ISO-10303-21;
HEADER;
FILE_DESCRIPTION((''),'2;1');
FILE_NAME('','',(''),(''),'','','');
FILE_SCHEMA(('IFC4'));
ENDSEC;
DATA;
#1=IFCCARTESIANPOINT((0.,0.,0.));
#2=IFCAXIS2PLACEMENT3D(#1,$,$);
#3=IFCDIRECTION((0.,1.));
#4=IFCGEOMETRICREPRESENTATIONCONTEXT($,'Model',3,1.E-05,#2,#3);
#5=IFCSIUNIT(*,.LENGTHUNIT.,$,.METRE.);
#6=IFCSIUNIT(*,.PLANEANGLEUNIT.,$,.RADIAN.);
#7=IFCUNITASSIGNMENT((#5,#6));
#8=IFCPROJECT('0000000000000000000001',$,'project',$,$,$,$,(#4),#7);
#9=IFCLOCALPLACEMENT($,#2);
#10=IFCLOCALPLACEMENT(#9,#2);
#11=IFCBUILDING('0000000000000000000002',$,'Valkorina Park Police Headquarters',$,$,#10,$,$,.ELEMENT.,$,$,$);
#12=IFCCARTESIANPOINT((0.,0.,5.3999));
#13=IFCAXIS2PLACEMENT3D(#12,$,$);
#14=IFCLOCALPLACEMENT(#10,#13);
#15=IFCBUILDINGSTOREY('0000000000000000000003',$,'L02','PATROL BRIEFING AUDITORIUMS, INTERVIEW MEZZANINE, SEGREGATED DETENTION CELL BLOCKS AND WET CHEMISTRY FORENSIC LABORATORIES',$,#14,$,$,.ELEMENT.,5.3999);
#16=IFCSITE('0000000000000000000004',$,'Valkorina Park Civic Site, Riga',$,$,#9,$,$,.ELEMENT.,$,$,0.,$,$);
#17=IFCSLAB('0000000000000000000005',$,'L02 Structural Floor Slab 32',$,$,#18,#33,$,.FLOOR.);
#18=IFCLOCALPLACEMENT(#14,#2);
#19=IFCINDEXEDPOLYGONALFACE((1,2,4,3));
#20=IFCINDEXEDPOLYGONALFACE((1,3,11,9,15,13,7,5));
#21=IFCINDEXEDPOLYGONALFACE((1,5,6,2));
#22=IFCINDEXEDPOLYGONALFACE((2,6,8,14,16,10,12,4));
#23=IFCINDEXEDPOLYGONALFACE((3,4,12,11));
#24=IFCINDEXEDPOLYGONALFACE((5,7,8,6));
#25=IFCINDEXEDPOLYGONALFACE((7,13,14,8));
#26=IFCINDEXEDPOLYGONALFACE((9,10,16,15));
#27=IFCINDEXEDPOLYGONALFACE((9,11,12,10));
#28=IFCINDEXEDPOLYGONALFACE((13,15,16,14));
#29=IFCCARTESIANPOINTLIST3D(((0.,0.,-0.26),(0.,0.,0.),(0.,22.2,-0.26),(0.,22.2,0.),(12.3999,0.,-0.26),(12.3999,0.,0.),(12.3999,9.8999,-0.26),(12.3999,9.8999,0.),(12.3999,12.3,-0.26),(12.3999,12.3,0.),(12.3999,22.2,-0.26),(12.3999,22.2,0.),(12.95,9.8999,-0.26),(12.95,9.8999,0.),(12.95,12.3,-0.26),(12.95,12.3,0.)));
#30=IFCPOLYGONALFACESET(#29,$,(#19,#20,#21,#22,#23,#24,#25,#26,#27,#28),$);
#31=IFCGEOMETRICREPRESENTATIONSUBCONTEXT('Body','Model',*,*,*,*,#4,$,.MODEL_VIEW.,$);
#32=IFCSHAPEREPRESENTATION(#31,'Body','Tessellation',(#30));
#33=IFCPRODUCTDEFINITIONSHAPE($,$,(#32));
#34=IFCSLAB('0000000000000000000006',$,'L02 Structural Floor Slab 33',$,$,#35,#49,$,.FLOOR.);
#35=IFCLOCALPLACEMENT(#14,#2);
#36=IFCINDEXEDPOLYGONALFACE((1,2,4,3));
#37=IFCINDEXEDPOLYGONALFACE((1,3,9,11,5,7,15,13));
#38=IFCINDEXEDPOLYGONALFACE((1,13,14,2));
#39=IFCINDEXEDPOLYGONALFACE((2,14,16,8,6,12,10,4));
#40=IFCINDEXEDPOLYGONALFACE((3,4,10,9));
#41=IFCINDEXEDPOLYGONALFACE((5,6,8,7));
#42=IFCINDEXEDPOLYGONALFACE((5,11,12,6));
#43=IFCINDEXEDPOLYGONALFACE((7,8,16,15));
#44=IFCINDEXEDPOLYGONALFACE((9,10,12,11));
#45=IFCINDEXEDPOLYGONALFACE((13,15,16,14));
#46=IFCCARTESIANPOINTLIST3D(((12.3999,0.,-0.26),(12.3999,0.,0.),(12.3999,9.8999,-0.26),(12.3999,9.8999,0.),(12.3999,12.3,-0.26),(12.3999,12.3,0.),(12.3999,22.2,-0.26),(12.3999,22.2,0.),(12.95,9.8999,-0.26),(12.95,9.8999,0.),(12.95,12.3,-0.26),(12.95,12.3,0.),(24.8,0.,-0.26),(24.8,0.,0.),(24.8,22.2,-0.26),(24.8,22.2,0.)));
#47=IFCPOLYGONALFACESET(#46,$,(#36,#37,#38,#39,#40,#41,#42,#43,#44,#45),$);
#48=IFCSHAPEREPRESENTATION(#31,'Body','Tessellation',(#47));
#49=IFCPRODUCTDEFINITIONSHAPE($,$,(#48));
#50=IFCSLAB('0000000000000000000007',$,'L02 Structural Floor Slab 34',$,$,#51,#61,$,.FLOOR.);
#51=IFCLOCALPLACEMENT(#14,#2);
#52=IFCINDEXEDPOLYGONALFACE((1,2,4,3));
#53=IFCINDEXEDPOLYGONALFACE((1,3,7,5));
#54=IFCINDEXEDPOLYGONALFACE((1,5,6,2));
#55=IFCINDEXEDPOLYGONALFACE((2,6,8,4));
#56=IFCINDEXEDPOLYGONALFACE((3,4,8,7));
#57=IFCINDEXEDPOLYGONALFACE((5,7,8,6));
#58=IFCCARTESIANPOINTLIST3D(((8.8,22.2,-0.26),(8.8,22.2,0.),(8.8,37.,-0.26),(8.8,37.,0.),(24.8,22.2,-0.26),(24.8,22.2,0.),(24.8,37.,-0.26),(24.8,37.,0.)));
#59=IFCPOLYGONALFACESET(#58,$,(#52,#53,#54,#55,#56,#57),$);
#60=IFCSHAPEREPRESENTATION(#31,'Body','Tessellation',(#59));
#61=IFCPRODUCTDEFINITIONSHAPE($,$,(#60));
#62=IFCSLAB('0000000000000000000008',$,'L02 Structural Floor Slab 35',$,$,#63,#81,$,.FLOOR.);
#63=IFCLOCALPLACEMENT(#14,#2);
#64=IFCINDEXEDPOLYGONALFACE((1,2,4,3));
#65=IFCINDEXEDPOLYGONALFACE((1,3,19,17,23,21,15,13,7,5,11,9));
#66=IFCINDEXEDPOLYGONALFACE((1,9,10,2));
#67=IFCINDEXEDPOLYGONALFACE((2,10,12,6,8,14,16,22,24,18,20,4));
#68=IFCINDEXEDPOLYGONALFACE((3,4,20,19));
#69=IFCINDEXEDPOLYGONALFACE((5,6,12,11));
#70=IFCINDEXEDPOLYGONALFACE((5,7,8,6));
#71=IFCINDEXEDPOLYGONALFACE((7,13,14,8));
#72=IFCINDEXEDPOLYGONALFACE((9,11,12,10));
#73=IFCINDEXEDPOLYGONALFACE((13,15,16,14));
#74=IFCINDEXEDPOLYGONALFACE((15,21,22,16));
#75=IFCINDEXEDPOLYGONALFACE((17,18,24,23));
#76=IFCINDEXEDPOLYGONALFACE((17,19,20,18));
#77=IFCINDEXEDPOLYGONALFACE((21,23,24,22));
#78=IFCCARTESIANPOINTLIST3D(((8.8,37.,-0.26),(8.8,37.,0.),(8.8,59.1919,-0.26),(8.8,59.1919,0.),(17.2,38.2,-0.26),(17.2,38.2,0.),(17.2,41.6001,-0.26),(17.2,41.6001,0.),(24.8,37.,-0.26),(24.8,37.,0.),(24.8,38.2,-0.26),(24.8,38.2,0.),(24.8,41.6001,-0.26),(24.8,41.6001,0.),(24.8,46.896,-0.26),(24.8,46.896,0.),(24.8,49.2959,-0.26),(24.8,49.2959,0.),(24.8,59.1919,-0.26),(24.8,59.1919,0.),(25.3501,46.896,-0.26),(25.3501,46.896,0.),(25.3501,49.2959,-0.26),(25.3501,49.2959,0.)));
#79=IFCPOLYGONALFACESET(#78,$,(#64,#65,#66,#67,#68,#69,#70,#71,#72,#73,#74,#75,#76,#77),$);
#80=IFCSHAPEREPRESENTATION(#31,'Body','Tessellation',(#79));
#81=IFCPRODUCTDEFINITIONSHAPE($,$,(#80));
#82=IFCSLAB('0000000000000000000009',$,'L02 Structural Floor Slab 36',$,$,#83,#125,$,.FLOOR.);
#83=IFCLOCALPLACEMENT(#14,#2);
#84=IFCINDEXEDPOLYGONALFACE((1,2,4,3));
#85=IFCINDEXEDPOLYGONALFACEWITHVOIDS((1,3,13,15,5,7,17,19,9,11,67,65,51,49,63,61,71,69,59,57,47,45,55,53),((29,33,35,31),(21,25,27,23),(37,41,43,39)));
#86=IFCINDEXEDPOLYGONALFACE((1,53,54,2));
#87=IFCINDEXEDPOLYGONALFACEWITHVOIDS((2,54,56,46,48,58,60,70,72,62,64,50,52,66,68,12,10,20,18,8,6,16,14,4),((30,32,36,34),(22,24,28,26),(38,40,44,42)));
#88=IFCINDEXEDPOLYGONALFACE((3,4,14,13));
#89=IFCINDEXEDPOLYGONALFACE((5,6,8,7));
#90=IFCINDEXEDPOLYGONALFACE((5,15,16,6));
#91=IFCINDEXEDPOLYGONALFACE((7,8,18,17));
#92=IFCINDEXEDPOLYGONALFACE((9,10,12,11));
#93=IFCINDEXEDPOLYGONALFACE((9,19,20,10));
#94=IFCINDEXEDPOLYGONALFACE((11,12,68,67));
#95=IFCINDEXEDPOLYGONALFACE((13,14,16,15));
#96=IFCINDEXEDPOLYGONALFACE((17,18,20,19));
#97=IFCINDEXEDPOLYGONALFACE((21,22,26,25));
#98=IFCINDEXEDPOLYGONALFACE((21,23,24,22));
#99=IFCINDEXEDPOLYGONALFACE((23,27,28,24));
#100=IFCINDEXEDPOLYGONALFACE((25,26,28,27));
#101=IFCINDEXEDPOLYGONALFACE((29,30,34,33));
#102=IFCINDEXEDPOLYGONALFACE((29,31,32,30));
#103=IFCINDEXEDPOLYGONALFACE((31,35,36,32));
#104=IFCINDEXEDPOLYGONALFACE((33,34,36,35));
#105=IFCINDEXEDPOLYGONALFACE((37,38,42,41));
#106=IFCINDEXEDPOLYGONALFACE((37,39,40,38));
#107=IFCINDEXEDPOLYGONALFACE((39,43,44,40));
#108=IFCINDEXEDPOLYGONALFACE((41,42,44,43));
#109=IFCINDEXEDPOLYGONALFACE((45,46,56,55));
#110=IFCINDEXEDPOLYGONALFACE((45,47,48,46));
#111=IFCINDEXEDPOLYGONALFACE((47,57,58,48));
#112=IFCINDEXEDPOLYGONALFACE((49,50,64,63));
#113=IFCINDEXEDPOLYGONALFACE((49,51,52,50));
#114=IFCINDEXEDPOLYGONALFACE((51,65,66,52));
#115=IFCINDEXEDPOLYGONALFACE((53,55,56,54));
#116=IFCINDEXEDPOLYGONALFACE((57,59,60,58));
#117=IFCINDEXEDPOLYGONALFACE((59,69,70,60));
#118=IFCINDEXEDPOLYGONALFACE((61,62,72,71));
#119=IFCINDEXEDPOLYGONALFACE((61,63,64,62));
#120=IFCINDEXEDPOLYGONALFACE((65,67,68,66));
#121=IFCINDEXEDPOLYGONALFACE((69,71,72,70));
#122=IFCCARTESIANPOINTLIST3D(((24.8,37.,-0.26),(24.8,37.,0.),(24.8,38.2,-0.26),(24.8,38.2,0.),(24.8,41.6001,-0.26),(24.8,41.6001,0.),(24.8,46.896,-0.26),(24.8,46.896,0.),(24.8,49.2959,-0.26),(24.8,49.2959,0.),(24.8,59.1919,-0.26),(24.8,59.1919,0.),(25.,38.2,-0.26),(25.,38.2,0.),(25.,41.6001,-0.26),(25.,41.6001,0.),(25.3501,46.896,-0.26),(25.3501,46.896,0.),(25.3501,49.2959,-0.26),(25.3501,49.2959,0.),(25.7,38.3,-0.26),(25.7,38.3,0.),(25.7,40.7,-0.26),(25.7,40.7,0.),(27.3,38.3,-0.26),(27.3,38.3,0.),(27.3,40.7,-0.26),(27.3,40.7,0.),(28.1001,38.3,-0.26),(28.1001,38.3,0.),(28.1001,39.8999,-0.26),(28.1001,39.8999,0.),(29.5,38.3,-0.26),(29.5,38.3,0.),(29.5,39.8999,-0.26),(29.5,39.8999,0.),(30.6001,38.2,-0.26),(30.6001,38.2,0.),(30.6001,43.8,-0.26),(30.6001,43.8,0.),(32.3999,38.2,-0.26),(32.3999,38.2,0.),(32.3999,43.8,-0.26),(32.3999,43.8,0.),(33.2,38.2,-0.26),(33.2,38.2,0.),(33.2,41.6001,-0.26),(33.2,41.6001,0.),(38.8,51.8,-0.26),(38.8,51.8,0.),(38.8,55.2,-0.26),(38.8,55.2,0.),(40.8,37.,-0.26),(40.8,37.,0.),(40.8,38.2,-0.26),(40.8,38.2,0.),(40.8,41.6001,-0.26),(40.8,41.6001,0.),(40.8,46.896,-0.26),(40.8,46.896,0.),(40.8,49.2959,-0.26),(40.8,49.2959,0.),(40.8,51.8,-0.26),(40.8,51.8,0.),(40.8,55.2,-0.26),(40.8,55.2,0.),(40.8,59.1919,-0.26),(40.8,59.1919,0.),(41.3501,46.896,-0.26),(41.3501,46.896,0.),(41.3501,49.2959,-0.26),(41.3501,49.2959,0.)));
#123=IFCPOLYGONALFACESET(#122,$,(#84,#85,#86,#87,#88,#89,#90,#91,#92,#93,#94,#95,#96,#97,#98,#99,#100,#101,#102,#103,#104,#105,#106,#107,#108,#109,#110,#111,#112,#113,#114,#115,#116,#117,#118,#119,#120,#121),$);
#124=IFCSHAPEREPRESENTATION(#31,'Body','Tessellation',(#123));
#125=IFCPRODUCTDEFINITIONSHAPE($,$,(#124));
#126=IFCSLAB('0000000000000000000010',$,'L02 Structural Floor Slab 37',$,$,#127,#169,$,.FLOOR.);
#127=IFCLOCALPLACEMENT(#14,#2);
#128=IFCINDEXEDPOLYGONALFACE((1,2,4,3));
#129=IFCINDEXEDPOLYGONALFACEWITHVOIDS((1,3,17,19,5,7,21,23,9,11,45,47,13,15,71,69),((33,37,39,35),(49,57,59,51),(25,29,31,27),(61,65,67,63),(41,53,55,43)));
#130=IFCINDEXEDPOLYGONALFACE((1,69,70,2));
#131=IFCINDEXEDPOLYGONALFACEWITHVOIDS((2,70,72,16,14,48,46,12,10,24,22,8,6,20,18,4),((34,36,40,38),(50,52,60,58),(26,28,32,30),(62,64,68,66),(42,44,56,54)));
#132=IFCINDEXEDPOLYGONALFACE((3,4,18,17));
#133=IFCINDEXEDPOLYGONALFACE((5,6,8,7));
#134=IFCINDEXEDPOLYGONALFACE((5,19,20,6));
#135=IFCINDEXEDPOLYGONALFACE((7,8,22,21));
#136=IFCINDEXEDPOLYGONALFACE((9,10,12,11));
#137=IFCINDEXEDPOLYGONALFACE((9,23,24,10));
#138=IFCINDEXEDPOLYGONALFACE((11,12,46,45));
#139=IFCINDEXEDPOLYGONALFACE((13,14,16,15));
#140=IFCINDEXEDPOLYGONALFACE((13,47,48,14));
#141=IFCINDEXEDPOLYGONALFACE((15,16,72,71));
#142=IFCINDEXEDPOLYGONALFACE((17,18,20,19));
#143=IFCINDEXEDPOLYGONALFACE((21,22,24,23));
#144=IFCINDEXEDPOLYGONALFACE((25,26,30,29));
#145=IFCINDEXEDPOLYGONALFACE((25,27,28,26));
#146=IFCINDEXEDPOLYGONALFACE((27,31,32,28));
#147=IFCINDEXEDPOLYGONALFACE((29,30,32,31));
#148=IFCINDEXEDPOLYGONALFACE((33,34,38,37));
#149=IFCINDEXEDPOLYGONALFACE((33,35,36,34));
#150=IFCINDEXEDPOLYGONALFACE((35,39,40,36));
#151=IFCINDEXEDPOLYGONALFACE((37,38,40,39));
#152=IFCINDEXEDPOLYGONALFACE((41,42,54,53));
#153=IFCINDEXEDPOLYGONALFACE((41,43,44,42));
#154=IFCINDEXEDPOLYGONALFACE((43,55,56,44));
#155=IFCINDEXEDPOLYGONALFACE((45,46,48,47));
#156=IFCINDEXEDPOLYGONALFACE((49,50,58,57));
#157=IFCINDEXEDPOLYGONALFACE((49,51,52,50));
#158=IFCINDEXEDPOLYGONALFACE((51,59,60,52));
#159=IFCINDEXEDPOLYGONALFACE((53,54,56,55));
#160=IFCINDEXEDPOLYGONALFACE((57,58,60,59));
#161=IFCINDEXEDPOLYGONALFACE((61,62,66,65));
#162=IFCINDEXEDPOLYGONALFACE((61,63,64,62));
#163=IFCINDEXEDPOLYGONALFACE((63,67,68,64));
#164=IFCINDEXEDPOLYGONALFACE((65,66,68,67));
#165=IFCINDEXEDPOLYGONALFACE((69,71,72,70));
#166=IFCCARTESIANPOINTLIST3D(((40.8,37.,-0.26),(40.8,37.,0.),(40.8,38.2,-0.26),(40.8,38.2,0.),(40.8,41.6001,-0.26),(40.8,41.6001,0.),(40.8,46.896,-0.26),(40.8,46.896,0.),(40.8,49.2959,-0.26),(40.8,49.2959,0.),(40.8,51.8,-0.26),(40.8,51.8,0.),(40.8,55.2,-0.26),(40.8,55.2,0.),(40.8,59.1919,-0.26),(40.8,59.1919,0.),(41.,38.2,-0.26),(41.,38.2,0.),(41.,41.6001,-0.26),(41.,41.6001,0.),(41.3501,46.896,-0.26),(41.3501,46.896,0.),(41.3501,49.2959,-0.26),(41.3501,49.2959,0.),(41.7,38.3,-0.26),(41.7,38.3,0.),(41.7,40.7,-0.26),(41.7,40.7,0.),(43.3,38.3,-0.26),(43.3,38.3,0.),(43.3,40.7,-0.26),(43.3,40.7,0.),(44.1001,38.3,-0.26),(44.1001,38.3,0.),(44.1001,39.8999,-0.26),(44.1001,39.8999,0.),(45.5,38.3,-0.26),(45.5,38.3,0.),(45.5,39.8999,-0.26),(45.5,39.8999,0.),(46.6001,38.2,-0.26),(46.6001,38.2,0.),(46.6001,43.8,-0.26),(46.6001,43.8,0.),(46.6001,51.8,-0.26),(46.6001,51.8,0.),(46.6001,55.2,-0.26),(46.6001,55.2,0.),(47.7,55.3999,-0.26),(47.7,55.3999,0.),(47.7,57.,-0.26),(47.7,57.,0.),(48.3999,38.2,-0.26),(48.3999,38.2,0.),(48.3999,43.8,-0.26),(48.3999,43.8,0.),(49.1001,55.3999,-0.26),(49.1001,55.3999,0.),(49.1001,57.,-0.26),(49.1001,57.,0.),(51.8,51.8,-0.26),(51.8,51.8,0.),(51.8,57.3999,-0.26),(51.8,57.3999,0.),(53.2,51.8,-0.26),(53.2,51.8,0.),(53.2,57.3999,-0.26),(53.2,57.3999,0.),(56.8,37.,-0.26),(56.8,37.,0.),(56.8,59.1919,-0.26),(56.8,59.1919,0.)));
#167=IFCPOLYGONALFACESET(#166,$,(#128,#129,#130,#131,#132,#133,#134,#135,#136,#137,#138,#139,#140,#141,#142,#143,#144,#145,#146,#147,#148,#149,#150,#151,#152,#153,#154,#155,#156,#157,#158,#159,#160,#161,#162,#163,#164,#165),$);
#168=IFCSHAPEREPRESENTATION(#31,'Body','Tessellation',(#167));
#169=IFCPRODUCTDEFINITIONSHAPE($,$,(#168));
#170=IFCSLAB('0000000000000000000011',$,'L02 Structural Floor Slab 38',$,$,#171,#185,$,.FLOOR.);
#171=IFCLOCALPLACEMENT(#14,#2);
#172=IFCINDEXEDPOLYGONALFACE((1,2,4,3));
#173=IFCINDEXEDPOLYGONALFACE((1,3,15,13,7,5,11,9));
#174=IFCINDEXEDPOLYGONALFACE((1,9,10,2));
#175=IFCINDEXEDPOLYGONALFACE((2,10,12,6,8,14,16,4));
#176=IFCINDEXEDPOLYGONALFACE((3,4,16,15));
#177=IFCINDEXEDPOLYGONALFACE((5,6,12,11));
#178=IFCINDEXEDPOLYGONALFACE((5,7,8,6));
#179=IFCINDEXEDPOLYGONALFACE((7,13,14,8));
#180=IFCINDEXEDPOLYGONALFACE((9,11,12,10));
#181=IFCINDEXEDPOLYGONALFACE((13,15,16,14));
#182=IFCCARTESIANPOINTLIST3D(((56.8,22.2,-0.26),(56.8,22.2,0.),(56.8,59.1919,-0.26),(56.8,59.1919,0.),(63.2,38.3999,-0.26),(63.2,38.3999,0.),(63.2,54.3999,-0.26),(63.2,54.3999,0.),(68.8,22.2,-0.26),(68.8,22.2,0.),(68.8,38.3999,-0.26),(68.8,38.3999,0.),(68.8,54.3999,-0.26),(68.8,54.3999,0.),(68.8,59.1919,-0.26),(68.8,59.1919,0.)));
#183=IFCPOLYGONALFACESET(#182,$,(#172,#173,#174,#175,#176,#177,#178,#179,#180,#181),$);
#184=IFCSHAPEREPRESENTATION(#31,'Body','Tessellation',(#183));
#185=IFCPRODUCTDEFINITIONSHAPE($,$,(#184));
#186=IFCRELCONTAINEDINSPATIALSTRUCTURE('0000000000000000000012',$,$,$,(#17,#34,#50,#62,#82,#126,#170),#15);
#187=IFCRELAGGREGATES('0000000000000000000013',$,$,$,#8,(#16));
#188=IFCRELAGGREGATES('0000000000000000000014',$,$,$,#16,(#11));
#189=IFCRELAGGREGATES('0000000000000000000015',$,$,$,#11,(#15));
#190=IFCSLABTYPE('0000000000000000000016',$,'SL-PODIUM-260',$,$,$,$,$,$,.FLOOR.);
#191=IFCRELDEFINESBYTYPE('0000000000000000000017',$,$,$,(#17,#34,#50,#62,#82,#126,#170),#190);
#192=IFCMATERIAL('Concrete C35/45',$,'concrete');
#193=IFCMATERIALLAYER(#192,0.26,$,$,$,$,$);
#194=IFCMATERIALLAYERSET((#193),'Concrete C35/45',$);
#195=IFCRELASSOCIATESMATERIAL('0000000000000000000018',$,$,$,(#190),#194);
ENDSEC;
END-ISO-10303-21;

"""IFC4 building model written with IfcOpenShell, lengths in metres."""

from ifc_helpers import new_model, si_unit, direction, frame, origin, place, context, subcontext, project, spatial, polyline, outline, extrude, material, layer, layer_set, type_object, element, save


model = new_model("IFC4")

# Units and contexts
model_context = context("Model", 3, precision=1e-05, world=origin(), true_north=direction((0.0, 1.0)))
body_context = subcontext(model_context, "Body", "Model", "MODEL_VIEW")
ifc_project = project(units=[si_unit("LENGTHUNIT", "METRE"), si_unit("PLANEANGLEUNIT", "RADIAN")], contexts=[model_context])

# Site, building, storey
site_placement = place(None, origin())
site = spatial("IfcSite", under=ifc_project, at=site_placement, Name="Valkorina Park Civic Site, Riga", CompositionType="ELEMENT", RefElevation=0.0)
building_placement = place(site_placement, origin())
building = spatial("IfcBuilding", under=site, at=building_placement, Name="Valkorina Park Police Headquarters", CompositionType="ELEMENT")
storey_placement = place(building_placement, frame((0.0, 0.0, 5.3999)))
storey = spatial("IfcBuildingStorey", under=building, at=storey_placement, Name="L02", Description="PATROL BRIEFING AUDITORIUMS, INTERVIEW MEZZANINE, SEGREGATED DETENTION CELL BLOCKS AND WET CHEMISTRY FORENSIC LABORATORIES", CompositionType="ELEMENT", Elevation=5.3999)

# Shared definitions
ifc_material_1 = material(Name="Concrete C35/45", Category="concrete")

# Slabs
ifc_layer_1 = layer(ifc_material_1, 0.26)
ifc_layer_set_1 = layer_set([ifc_layer_1], Name="Concrete C35/45")
slab_type_1 = type_object("IfcSlabType", Name="SL-PODIUM-260", PredefinedType="FLOOR", material=ifc_layer_set_1)
slab_1_placement = place(storey_placement, frame((0.0, 0.0, -0.26)))
element("IfcSlab", 1, at=slab_1_placement, inside=storey, type_object=slab_type_1, Name="L02 Structural Floor Slab 32", PredefinedType="FLOOR", context=body_context, shape_type="SweptSolid", body=[
    extrude(outline(polyline([(12.3999, 0.0), (12.3999, 9.8999), (12.95, 9.8999), (12.95, 12.3), (12.3999, 12.3), (12.3999, 22.2), (0.0, 22.2), (0.0, 0.0), (12.3999, 0.0)])), origin(), (0.0, 0.0, 1.0), 0.26),
])
slab_2_placement = place(storey_placement, frame((0.0, 0.0, -0.26)))
element("IfcSlab", 2, at=slab_2_placement, inside=storey, type_object=slab_type_1, Name="L02 Structural Floor Slab 33", PredefinedType="FLOOR", context=body_context, shape_type="SweptSolid", body=[
    extrude(outline(polyline([(12.3999, 22.2), (12.3999, 12.3), (12.95, 12.3), (12.95, 9.8999), (12.3999, 9.8999), (12.3999, 0.0), (24.8, 0.0), (24.8, 22.2), (12.3999, 22.2)])), origin(), (0.0, 0.0, 1.0), 0.26),
])
slab_3_placement = place(storey_placement, frame((0.0, 0.0, -0.26)))
element("IfcSlab", 3, at=slab_3_placement, inside=storey, type_object=slab_type_1, Name="L02 Structural Floor Slab 34", PredefinedType="FLOOR", context=body_context, shape_type="SweptSolid", body=[
    extrude(outline(polyline([(24.8, 22.2), (24.8, 37.0), (8.8, 37.0), (8.8, 22.2), (24.8, 22.2)])), origin(), (0.0, 0.0, 1.0), 0.26),
])
slab_4_placement = place(storey_placement, frame((0.0, 0.0, -0.26)))
element("IfcSlab", 4, at=slab_4_placement, inside=storey, type_object=slab_type_1, Name="L02 Structural Floor Slab 35", PredefinedType="FLOOR", context=body_context, shape_type="SweptSolid", body=[
    extrude(outline(polyline([(25.3501, 49.2959), (24.8, 49.2959), (24.8, 59.1919), (8.8, 59.1919), (8.8, 37.0), (24.8, 37.0), (24.8, 38.2), (17.2, 38.2), (17.2, 41.6001), (24.8, 41.6001), (24.8, 46.896), (25.3501, 46.896), (25.3501, 49.2959)])), origin(), (0.0, 0.0, 1.0), 0.26),
])
slab_5_placement = place(storey_placement, frame((0.0, 0.0, -0.26)))
element("IfcSlab", 5, at=slab_5_placement, inside=storey, type_object=slab_type_1, Name="L02 Structural Floor Slab 36", PredefinedType="FLOOR", context=body_context, shape_type="SweptSolid", body=[
    extrude(outline(polyline([(41.3501, 49.2959), (40.8, 49.2959), (40.8, 51.8), (38.8, 51.8), (38.8, 55.2), (40.8, 55.2), (40.8, 59.1919), (24.8, 59.1919), (24.8, 49.2959), (25.3501, 49.2959), (25.3501, 46.896), (24.8, 46.896), (24.8, 41.6001), (25.0, 41.6001), (25.0, 38.2), (24.8, 38.2), (24.8, 37.0), (40.8, 37.0), (40.8, 38.2), (33.2, 38.2), (33.2, 41.6001), (40.8, 41.6001), (40.8, 46.896), (41.3501, 46.896), (41.3501, 49.2959)]), holes=[polyline([(29.5, 38.3), (28.1001, 38.3), (28.1001, 39.8999), (29.5, 39.8999), (29.5, 38.3)]), polyline([(27.3, 38.3), (25.7, 38.3), (25.7, 40.7), (27.3, 40.7), (27.3, 38.3)]), polyline([(32.3999, 38.2), (30.6001, 38.2), (30.6001, 43.8), (32.3999, 43.8), (32.3999, 38.2)])]), origin(), (0.0, 0.0, 1.0), 0.26),
])
slab_6_placement = place(storey_placement, frame((0.0, 0.0, -0.26)))
element("IfcSlab", 6, at=slab_6_placement, inside=storey, type_object=slab_type_1, Name="L02 Structural Floor Slab 37", PredefinedType="FLOOR", context=body_context, shape_type="SweptSolid", body=[
    extrude(outline(polyline([(40.8, 59.1919), (40.8, 55.2), (46.6001, 55.2), (46.6001, 51.8), (40.8, 51.8), (40.8, 49.2959), (41.3501, 49.2959), (41.3501, 46.896), (40.8, 46.896), (40.8, 41.6001), (41.0, 41.6001), (41.0, 38.2), (40.8, 38.2), (40.8, 37.0), (56.8, 37.0), (56.8, 59.1919), (40.8, 59.1919)]), holes=[polyline([(45.5, 38.3), (44.1001, 38.3), (44.1001, 39.8999), (45.5, 39.8999), (45.5, 38.3)]), polyline([(41.7, 38.3), (41.7, 40.7), (43.3, 40.7), (43.3, 38.3), (41.7, 38.3)]), polyline([(48.3999, 38.2), (46.6001, 38.2), (46.6001, 43.8), (48.3999, 43.8), (48.3999, 38.2)]), polyline([(47.7, 55.3999), (47.7, 57.0), (49.1001, 57.0), (49.1001, 55.3999), (47.7, 55.3999)]), polyline([(53.2, 51.8), (51.8, 51.8), (51.8, 57.3999), (53.2, 57.3999), (53.2, 51.8)])]), origin(), (0.0, 0.0, 1.0), 0.26),
])
slab_7_placement = place(storey_placement, frame((0.0, 0.0, -0.26)))
element("IfcSlab", 7, at=slab_7_placement, inside=storey, type_object=slab_type_1, Name="L02 Structural Floor Slab 38", PredefinedType="FLOOR", context=body_context, shape_type="SweptSolid", body=[
    extrude(outline(polyline([(68.8, 22.2), (68.8, 38.3999), (63.2, 38.3999), (63.2, 54.3999), (68.8, 54.3999), (68.8, 59.1919), (56.8, 59.1919), (56.8, 22.2), (68.8, 22.2)])), origin(), (0.0, 0.0, 1.0), 0.26),
])

save(model, "model.ifc")
